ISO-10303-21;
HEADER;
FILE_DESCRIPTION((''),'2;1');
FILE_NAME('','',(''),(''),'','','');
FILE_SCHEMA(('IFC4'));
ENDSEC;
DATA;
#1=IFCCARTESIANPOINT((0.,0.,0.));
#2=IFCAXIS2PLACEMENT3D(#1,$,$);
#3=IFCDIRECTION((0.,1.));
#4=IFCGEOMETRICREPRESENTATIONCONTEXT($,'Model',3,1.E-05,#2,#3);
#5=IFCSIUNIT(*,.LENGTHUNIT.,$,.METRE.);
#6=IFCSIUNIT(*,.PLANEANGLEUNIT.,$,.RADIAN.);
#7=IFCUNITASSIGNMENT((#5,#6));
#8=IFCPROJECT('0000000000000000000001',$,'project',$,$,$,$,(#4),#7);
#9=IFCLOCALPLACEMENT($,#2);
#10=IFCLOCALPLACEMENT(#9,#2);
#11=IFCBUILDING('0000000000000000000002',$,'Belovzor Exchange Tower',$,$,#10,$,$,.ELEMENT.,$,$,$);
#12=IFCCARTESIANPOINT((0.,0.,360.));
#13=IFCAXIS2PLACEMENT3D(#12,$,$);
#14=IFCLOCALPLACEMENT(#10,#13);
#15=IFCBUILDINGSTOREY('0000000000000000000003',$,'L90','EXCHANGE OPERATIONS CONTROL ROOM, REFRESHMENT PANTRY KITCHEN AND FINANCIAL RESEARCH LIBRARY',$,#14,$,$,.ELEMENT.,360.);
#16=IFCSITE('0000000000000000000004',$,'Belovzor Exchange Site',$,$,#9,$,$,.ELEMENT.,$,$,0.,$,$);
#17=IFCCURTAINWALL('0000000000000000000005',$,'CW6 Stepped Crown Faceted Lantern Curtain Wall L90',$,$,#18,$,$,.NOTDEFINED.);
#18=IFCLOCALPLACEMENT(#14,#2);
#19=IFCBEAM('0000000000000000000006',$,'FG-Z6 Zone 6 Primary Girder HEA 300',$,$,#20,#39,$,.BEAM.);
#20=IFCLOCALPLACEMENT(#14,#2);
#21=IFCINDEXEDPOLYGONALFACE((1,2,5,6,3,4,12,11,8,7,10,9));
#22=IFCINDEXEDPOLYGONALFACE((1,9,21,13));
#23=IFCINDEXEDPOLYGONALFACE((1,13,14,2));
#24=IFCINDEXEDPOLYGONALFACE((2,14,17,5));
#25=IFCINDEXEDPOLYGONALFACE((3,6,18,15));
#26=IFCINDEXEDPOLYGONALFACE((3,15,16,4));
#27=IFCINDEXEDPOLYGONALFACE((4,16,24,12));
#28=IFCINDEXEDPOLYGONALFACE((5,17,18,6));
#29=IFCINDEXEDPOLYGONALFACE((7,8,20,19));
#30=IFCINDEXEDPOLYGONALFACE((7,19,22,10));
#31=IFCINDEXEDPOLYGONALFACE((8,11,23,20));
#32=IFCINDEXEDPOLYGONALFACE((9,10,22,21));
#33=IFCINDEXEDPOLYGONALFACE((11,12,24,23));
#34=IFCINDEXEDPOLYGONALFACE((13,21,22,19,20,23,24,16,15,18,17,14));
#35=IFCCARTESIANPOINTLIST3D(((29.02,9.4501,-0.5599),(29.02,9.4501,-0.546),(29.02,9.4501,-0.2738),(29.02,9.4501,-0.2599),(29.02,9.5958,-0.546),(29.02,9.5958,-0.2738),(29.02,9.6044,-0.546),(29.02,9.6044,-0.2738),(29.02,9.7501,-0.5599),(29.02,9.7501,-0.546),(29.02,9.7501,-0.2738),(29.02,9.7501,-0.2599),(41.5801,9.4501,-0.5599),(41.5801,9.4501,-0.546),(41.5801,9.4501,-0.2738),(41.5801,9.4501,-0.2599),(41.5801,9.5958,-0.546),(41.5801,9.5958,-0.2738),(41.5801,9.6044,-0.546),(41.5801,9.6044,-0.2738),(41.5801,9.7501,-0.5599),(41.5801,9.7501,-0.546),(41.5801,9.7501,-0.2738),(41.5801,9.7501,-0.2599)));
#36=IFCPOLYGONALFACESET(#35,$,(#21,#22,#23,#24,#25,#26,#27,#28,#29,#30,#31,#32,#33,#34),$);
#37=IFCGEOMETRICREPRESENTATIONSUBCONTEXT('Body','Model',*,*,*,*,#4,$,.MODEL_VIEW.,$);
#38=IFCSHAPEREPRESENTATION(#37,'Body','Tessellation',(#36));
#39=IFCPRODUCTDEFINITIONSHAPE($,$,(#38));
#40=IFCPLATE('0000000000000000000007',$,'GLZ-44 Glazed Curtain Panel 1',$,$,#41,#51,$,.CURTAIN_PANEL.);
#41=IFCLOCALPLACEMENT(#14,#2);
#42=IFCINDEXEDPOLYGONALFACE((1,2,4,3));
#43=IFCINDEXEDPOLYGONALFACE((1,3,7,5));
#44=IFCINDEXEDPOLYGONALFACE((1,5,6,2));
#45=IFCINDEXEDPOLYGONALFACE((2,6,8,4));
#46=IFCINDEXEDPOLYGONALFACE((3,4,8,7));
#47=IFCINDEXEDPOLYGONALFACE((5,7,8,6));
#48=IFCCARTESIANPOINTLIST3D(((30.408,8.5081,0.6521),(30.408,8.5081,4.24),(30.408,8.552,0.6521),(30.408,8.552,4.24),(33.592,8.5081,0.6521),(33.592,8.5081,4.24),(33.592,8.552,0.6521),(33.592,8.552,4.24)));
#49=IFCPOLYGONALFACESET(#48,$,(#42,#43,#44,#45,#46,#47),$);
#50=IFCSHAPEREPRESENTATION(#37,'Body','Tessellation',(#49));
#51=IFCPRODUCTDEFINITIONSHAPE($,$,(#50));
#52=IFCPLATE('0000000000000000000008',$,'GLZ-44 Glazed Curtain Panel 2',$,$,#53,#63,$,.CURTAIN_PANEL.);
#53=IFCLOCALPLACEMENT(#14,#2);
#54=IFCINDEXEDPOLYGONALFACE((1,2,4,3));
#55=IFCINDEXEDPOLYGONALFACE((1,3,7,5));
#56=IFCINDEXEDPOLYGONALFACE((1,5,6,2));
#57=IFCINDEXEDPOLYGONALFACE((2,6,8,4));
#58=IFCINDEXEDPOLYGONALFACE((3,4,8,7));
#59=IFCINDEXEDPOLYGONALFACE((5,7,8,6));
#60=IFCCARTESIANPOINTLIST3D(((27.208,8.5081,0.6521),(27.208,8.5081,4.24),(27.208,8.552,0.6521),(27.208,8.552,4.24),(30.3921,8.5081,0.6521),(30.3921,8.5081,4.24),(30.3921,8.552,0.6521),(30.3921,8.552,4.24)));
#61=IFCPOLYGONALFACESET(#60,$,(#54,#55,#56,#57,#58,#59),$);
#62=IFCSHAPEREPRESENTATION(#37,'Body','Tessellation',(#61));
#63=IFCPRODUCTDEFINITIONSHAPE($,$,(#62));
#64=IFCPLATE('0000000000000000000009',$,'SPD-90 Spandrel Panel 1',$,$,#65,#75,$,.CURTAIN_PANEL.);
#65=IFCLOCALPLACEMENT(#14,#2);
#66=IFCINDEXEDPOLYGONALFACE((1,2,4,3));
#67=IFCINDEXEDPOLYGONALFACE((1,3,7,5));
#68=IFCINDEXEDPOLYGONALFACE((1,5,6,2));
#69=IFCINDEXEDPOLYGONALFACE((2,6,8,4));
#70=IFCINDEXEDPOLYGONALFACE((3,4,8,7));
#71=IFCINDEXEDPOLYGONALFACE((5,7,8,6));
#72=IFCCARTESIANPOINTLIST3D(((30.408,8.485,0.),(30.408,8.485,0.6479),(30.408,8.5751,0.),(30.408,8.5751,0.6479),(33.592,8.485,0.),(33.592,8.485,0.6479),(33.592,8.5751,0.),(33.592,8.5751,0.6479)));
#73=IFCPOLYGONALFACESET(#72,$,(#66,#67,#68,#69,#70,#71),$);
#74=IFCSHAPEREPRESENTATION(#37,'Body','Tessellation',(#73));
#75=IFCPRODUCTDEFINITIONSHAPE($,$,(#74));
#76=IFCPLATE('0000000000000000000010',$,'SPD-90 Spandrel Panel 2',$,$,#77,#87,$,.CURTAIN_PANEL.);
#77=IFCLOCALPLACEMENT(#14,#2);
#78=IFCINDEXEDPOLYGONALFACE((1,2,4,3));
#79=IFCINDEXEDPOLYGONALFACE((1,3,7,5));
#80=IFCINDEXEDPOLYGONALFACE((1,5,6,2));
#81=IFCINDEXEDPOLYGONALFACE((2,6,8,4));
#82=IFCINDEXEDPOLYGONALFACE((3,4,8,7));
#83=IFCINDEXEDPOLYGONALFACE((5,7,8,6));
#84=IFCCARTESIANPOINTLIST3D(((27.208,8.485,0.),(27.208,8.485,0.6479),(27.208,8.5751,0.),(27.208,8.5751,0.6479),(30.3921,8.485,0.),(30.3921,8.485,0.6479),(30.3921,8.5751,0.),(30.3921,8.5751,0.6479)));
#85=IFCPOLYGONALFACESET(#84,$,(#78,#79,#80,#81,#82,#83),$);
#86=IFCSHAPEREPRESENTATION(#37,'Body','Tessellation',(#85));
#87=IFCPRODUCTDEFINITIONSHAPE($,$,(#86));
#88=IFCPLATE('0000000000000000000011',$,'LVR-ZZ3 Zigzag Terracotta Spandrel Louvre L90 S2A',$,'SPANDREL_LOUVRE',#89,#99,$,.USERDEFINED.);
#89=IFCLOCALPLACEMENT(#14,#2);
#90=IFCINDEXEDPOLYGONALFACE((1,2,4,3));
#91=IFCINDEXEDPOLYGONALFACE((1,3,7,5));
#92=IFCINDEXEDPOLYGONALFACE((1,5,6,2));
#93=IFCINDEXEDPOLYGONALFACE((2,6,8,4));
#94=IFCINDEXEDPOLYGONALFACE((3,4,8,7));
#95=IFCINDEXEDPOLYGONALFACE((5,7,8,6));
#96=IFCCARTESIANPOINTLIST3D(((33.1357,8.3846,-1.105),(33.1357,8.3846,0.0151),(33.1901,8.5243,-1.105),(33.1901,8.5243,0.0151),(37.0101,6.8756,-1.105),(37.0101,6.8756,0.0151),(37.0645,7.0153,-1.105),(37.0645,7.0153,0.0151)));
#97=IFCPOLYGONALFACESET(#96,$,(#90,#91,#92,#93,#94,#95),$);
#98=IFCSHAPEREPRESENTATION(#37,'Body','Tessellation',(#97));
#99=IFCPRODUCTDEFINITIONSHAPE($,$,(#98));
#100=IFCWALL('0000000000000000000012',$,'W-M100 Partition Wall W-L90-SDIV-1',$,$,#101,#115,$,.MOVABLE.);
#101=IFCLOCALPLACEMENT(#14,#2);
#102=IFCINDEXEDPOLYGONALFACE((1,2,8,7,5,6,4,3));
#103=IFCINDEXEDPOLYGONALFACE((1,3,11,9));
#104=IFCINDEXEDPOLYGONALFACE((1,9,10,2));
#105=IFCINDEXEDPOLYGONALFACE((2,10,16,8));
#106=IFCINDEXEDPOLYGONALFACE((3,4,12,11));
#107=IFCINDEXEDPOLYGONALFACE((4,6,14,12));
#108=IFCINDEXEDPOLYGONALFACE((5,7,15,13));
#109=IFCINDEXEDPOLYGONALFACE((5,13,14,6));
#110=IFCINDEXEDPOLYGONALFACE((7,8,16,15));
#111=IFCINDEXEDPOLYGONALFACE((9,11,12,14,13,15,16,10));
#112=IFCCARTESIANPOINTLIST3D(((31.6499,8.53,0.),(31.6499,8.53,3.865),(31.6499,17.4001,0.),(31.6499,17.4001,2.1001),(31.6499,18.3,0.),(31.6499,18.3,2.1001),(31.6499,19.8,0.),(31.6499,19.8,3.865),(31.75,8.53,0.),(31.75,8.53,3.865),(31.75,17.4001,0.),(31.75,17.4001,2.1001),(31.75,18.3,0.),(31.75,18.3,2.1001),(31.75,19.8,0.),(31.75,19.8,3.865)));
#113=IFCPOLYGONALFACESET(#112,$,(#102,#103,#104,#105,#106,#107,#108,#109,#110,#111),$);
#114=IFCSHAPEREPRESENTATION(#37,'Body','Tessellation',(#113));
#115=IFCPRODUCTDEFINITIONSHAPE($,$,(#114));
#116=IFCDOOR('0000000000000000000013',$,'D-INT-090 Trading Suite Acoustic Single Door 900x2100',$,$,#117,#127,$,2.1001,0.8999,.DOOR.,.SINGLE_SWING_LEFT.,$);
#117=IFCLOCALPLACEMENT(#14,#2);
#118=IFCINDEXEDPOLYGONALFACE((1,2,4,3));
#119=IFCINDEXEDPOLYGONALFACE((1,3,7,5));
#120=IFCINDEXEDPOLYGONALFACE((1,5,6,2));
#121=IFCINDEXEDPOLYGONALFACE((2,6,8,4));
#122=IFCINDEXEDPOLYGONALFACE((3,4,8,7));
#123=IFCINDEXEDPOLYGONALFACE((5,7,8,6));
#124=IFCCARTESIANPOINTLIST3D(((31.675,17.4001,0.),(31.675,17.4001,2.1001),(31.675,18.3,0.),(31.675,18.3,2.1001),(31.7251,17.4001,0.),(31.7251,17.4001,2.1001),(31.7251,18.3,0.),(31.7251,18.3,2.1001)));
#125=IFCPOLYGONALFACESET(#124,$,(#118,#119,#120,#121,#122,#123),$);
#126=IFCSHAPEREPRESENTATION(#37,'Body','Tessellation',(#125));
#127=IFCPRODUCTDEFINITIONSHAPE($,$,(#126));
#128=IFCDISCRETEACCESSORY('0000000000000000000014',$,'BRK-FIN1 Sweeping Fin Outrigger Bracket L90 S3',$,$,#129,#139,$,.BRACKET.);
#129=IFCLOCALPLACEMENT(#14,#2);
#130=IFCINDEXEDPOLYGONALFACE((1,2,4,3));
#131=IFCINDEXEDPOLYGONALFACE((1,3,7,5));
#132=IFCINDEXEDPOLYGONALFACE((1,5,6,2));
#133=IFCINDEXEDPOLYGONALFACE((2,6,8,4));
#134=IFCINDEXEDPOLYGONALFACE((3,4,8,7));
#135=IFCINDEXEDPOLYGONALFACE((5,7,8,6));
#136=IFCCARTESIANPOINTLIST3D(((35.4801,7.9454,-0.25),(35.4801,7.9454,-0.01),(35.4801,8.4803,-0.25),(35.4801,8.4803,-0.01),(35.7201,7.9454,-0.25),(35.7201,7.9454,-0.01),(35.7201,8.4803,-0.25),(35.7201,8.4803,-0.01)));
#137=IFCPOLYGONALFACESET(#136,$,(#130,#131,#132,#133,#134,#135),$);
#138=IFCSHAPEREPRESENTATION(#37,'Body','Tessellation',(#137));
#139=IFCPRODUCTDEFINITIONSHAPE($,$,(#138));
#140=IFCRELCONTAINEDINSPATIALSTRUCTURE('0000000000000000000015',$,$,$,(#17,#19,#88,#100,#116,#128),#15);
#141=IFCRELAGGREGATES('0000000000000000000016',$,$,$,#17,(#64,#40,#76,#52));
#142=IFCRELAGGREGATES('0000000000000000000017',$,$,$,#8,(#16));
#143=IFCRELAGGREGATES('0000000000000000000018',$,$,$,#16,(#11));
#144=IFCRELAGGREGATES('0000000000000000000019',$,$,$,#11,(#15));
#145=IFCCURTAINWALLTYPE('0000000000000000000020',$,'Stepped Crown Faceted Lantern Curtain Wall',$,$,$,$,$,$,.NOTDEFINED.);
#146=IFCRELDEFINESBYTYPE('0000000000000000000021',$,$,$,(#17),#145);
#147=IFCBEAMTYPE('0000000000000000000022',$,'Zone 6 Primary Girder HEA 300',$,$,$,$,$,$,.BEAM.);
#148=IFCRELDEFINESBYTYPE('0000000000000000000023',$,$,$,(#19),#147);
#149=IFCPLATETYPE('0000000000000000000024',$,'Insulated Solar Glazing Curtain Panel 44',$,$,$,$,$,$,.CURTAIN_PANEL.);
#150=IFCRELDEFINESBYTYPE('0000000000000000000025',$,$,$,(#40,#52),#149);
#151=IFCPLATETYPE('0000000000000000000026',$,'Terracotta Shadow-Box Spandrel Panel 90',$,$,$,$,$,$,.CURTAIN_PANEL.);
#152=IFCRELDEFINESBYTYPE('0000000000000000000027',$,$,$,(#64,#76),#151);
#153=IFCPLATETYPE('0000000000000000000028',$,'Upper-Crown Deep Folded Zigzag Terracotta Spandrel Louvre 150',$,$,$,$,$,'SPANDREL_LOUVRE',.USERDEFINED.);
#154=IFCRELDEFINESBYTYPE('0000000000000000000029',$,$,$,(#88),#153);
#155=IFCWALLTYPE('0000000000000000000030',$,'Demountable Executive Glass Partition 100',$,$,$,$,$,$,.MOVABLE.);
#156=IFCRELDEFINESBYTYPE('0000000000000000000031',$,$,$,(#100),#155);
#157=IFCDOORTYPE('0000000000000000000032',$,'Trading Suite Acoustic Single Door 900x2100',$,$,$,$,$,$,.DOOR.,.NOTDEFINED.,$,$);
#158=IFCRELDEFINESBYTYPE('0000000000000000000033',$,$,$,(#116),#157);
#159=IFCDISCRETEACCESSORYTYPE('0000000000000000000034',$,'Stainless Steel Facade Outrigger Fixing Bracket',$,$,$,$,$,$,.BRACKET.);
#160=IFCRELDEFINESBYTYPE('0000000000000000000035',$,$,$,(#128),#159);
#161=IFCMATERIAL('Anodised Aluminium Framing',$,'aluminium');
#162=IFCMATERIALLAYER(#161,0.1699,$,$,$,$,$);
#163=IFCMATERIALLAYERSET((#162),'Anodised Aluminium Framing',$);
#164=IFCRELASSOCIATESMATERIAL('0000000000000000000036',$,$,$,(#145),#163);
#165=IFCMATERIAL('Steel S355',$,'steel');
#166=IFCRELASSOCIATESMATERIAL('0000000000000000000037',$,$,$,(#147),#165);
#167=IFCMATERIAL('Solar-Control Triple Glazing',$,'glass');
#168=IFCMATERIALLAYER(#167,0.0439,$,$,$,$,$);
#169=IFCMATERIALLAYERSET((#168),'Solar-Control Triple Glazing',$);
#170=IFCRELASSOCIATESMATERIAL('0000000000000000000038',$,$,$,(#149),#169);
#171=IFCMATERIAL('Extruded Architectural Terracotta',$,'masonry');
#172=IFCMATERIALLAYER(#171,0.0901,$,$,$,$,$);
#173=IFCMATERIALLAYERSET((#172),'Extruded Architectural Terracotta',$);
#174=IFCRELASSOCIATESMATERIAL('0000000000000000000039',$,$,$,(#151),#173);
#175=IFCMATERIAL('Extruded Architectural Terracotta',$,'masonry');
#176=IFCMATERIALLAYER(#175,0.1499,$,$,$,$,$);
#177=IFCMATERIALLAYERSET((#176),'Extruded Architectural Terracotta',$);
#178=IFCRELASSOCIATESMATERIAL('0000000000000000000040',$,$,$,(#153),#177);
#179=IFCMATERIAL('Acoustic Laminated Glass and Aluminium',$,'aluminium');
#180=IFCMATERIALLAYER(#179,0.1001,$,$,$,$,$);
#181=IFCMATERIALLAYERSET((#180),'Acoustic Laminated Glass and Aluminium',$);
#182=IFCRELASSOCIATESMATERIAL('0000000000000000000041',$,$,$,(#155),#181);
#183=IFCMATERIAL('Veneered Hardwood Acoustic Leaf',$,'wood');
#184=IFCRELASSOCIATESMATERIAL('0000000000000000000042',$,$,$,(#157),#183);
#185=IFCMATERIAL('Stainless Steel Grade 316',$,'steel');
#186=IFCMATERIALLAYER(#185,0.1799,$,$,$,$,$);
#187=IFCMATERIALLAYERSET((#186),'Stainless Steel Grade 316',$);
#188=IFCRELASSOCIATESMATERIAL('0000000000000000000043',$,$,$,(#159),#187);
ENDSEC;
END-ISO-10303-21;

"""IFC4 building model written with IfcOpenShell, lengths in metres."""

from ifc_helpers import new_model, si_unit, direction, frame, frame_2d, origin, origin_2d, place, context, subcontext, project, spatial, rectangle, i_section, extrude, material, layer, layer_set, material_profile, profile_set, type_object, element, fill, aggregate, save


model = new_model("IFC4")

# Units and contexts
model_context = context("Model", 3, precision=1e-05, world=origin(), true_north=direction((0.0, 1.0)))
body_context = subcontext(model_context, "Body", "Model", "MODEL_VIEW")
ifc_project = project(units=[si_unit("LENGTHUNIT", "METRE"), si_unit("PLANEANGLEUNIT", "RADIAN")], contexts=[model_context])

# Site, building, storey
site_placement = place(None, origin())
site = spatial("IfcSite", under=ifc_project, at=site_placement, Name="Belovzor Exchange Site", CompositionType="ELEMENT", RefElevation=0.0)
building_placement = place(site_placement, origin())
building = spatial("IfcBuilding", under=site, at=building_placement, Name="Belovzor Exchange Tower", CompositionType="ELEMENT")
storey_placement = place(building_placement, frame((0.0, 0.0, 360.0)))
storey = spatial("IfcBuildingStorey", under=building, at=storey_placement, Name="L90", Description="EXCHANGE OPERATIONS CONTROL ROOM, REFRESHMENT PANTRY KITCHEN AND FINANCIAL RESEARCH LIBRARY", CompositionType="ELEMENT", Elevation=360.0)

# Curtain wall
ifc_material_1 = material(Name="Anodised Aluminium Framing", Category="aluminium")
ifc_layer_1 = layer(ifc_material_1, 0.1699)
ifc_layer_set_1 = layer_set([ifc_layer_1], Name="Anodised Aluminium Framing")
curtain_wall_type = type_object("IfcCurtainWallType", Name="Stepped Crown Faceted Lantern Curtain Wall", PredefinedType="NOTDEFINED", material=ifc_layer_set_1)
curtain_wall_placement = place(storey_placement, origin())
curtain_wall = element("IfcCurtainWall", 1, at=curtain_wall_placement, inside=storey, type_object=curtain_wall_type, Name="CW6 Stepped Crown Faceted Lantern Curtain Wall L90", PredefinedType="NOTDEFINED")

# Beam
ifc_material_2 = material(Name="Steel S355", Category="steel")
ifc_material_profile_1 = material_profile(ifc_material_2, i_section(OverallWidth=0.3, OverallDepth=0.3, WebThickness=0.0085, FlangeThickness=0.0139, at=origin_2d()))
ifc_profile_set_1 = profile_set([ifc_material_profile_1], Name="Steel S355")
beam_type_1 = type_object("IfcBeamType", Name="Zone 6 Primary Girder HEA 300", PredefinedType="BEAM", material=ifc_profile_set_1)
beam_1_placement = place(storey_placement, frame((29.02, 9.6001, -0.4099), z_axis=(1.0, 0.0, 0.0), x_axis=(0.0, 1.0, 0.0)))
element("IfcBeam", 2, at=beam_1_placement, inside=storey, type_object=beam_type_1, Name="FG-Z6 Zone 6 Primary Girder HEA 300", PredefinedType="BEAM", context=body_context, shape_type="SweptSolid", body=[
    extrude(i_section(OverallWidth=0.3, OverallDepth=0.3, WebThickness=0.0085, FlangeThickness=0.0139, at=origin_2d()), origin(), (0.0, 0.0, 1.0), 12.5601),
])

# Plates
ifc_material_3 = material(Name="Solar-Control Triple Glazing", Category="glass")
ifc_layer_2 = layer(ifc_material_3, 0.0439)
ifc_layer_set_2 = layer_set([ifc_layer_2], Name="Solar-Control Triple Glazing")
plate_type_1 = type_object("IfcPlateType", Name="Insulated Solar Glazing Curtain Panel 44", PredefinedType="CURTAIN_PANEL", material=ifc_layer_set_2)
plate_1_placement = place(storey_placement, frame((32.0, 8.53, 0.6521), z_axis=(0.0, 0.0, 1.0), x_axis=(-1.0, 0.0, 0.0)))
plate_1 = element("IfcPlate", 3, at=plate_1_placement, type_object=plate_type_1, Name="GLZ-44 Glazed Curtain Panel 1", PredefinedType="CURTAIN_PANEL", context=body_context, shape_type="SweptSolid", body=[
    extrude(rectangle(XDim=3.1841, YDim=0.0439, at=origin_2d()), origin(), (0.0, 0.0, 1.0), 3.5879),
])
plate_2_placement = place(storey_placement, frame((28.8, 8.53, 0.6521), z_axis=(0.0, 0.0, 1.0), x_axis=(-1.0, 0.0, 0.0)))
plate_2 = element("IfcPlate", 4, at=plate_2_placement, type_object=plate_type_1, Name="GLZ-44 Glazed Curtain Panel 2", PredefinedType="CURTAIN_PANEL", context=body_context, shape_type="SweptSolid", body=[
    extrude(rectangle(XDim=3.1841, YDim=0.0439, at=origin_2d()), origin(), (0.0, 0.0, 1.0), 3.5879),
])
ifc_material_4 = material(Name="Extruded Architectural Terracotta", Category="masonry")
ifc_layer_3 = layer(ifc_material_4, 0.0901)
ifc_layer_set_3 = layer_set([ifc_layer_3], Name="Extruded Architectural Terracotta")
plate_type_2 = type_object("IfcPlateType", Name="Terracotta Shadow-Box Spandrel Panel 90", PredefinedType="CURTAIN_PANEL", material=ifc_layer_set_3)
plate_3_placement = place(storey_placement, frame((32.0, 8.53, 0.0), z_axis=(0.0, 0.0, 1.0), x_axis=(-1.0, 0.0, 0.0)))
plate_3 = element("IfcPlate", 5, at=plate_3_placement, type_object=plate_type_2, Name="SPD-90 Spandrel Panel 1", PredefinedType="CURTAIN_PANEL", context=body_context, shape_type="SweptSolid", body=[
    extrude(rectangle(XDim=3.1841, YDim=0.0901, at=origin_2d()), origin(), (0.0, 0.0, 1.0), 0.6479),
])
plate_4_placement = place(storey_placement, frame((28.8, 8.53, 0.0), z_axis=(0.0, 0.0, 1.0), x_axis=(-1.0, 0.0, 0.0)))
plate_4 = element("IfcPlate", 6, at=plate_4_placement, type_object=plate_type_2, Name="SPD-90 Spandrel Panel 2", PredefinedType="CURTAIN_PANEL", context=body_context, shape_type="SweptSolid", body=[
    extrude(rectangle(XDim=3.1841, YDim=0.0901, at=origin_2d()), origin(), (0.0, 0.0, 1.0), 0.6479),
])
aggregate(curtain_wall, [plate_3, plate_1, plate_4, plate_2])
ifc_material_5 = material(Name="Extruded Architectural Terracotta", Category="masonry")
ifc_layer_4 = layer(ifc_material_5, 0.1499)
ifc_layer_set_4 = layer_set([ifc_layer_4], Name="Extruded Architectural Terracotta")
plate_type_3 = type_object("IfcPlateType", Name="Upper-Crown Deep Folded Zigzag Terracotta Spandrel Louvre 150", ElementType="SPANDREL_LOUVRE", PredefinedType="USERDEFINED", material=ifc_layer_set_4)
plate_5_placement = place(storey_placement, frame((35.1001, 7.7, -1.105), z_axis=(0.0, 0.0, 1.0), x_axis=(0.931818, -0.362926, 0.0)))
element("IfcPlate", 7, at=plate_5_placement, inside=storey, type_object=plate_type_3, Name="LVR-ZZ3 Zigzag Terracotta Spandrel Louvre L90 S2A", ObjectType="SPANDREL_LOUVRE", PredefinedType="USERDEFINED", context=body_context, shape_type="SweptSolid", body=[
    extrude(rectangle(XDim=4.158, YDim=0.1499, at=origin_2d()), origin(), (0.0, 0.0, 1.0), 1.1201),
])

# Wall, opening, door
ifc_material_6 = material(Name="Acoustic Laminated Glass and Aluminium", Category="aluminium")
ifc_layer_5 = layer(ifc_material_6, 0.1001)
ifc_layer_set_5 = layer_set([ifc_layer_5], Name="Acoustic Laminated Glass and Aluminium")
wall_type = type_object("IfcWallType", Name="Demountable Executive Glass Partition 100", PredefinedType="MOVABLE", material=ifc_layer_set_5)
wall_placement = place(storey_placement, frame((31.7, 8.53, 0.0), z_axis=(0.0, 0.0, 1.0), x_axis=(0.0, 1.0, 0.0)))
wall = element("IfcWall", 8, at=wall_placement, inside=storey, type_object=wall_type, Name="W-M100 Partition Wall W-L90-SDIV-1", PredefinedType="MOVABLE", context=body_context, shape_type="SweptSolid", body=[
    extrude(rectangle(XDim=11.27, YDim=0.1001, at=frame_2d((5.635, 0.0))), origin(), (0.0, 0.0, 1.0), 3.865),
])
opening_placement = place(wall_placement, frame((8.8701, 0.0, 0.0)))
opening = element("IfcOpeningElement", 9, at=opening_placement, cuts=wall, PredefinedType="OPENING", context=body_context, shape_type="SweptSolid", body=[
    extrude(rectangle(XDim=0.8999, YDim=2.1001, at=frame_2d((0.45, 1.05))), frame((0.0, 0.0601, 0.0), z_axis=(0.0, -1.0, 0.0), x_axis=(1.0, 0.0, 0.0)), (0.0, 0.0, 1.0), 0.1201),
])
ifc_material_7 = material(Name="Veneered Hardwood Acoustic Leaf", Category="wood")
door_type = type_object("IfcDoorType", Name="Trading Suite Acoustic Single Door 900x2100", OperationType="NOTDEFINED", PredefinedType="DOOR", material=ifc_material_7)
door_placement = place(opening_placement, origin())
door = element("IfcDoor", 10, at=door_placement, inside=storey, type_object=door_type, Name="D-INT-090 Trading Suite Acoustic Single Door 900x2100", OperationType="SINGLE_SWING_LEFT", OverallHeight=2.1001, OverallWidth=0.8999, PredefinedType="DOOR", context=body_context, shape_type="SweptSolid", body=[
    extrude(rectangle(XDim=0.8999, YDim=2.1001, at=frame_2d((0.45, 1.05))), frame((0.0, 0.0249, 0.0), z_axis=(0.0, -1.0, 0.0), x_axis=(1.0, 0.0, 0.0)), (0.0, 0.0, 1.0), 0.05),
])
fill(opening, door)

# Discrete accessory
ifc_material_8 = material(Name="Stainless Steel Grade 316", Category="steel")
ifc_layer_6 = layer(ifc_material_8, 0.1799)
ifc_layer_set_6 = layer_set([ifc_layer_6], Name="Stainless Steel Grade 316")
discrete_accessory_type = type_object("IfcDiscreteAccessoryType", Name="Stainless Steel Facade Outrigger Fixing Bracket", PredefinedType="BRACKET", material=ifc_layer_set_6)
discrete_accessory_placement = place(storey_placement, frame((35.6001, 8.2129, -0.25), z_axis=(0.0, 0.0, 1.0), x_axis=(0.0, 1.0, 0.0)))
element("IfcDiscreteAccessory", 11, at=discrete_accessory_placement, inside=storey, type_object=discrete_accessory_type, Name="BRK-FIN1 Sweeping Fin Outrigger Bracket L90 S3", PredefinedType="BRACKET", context=body_context, shape_type="SweptSolid", body=[
    extrude(rectangle(XDim=0.5349, YDim=0.24, at=origin_2d()), origin(), (0.0, 0.0, 1.0), 0.24),
])

save(model, "model.ifc")
